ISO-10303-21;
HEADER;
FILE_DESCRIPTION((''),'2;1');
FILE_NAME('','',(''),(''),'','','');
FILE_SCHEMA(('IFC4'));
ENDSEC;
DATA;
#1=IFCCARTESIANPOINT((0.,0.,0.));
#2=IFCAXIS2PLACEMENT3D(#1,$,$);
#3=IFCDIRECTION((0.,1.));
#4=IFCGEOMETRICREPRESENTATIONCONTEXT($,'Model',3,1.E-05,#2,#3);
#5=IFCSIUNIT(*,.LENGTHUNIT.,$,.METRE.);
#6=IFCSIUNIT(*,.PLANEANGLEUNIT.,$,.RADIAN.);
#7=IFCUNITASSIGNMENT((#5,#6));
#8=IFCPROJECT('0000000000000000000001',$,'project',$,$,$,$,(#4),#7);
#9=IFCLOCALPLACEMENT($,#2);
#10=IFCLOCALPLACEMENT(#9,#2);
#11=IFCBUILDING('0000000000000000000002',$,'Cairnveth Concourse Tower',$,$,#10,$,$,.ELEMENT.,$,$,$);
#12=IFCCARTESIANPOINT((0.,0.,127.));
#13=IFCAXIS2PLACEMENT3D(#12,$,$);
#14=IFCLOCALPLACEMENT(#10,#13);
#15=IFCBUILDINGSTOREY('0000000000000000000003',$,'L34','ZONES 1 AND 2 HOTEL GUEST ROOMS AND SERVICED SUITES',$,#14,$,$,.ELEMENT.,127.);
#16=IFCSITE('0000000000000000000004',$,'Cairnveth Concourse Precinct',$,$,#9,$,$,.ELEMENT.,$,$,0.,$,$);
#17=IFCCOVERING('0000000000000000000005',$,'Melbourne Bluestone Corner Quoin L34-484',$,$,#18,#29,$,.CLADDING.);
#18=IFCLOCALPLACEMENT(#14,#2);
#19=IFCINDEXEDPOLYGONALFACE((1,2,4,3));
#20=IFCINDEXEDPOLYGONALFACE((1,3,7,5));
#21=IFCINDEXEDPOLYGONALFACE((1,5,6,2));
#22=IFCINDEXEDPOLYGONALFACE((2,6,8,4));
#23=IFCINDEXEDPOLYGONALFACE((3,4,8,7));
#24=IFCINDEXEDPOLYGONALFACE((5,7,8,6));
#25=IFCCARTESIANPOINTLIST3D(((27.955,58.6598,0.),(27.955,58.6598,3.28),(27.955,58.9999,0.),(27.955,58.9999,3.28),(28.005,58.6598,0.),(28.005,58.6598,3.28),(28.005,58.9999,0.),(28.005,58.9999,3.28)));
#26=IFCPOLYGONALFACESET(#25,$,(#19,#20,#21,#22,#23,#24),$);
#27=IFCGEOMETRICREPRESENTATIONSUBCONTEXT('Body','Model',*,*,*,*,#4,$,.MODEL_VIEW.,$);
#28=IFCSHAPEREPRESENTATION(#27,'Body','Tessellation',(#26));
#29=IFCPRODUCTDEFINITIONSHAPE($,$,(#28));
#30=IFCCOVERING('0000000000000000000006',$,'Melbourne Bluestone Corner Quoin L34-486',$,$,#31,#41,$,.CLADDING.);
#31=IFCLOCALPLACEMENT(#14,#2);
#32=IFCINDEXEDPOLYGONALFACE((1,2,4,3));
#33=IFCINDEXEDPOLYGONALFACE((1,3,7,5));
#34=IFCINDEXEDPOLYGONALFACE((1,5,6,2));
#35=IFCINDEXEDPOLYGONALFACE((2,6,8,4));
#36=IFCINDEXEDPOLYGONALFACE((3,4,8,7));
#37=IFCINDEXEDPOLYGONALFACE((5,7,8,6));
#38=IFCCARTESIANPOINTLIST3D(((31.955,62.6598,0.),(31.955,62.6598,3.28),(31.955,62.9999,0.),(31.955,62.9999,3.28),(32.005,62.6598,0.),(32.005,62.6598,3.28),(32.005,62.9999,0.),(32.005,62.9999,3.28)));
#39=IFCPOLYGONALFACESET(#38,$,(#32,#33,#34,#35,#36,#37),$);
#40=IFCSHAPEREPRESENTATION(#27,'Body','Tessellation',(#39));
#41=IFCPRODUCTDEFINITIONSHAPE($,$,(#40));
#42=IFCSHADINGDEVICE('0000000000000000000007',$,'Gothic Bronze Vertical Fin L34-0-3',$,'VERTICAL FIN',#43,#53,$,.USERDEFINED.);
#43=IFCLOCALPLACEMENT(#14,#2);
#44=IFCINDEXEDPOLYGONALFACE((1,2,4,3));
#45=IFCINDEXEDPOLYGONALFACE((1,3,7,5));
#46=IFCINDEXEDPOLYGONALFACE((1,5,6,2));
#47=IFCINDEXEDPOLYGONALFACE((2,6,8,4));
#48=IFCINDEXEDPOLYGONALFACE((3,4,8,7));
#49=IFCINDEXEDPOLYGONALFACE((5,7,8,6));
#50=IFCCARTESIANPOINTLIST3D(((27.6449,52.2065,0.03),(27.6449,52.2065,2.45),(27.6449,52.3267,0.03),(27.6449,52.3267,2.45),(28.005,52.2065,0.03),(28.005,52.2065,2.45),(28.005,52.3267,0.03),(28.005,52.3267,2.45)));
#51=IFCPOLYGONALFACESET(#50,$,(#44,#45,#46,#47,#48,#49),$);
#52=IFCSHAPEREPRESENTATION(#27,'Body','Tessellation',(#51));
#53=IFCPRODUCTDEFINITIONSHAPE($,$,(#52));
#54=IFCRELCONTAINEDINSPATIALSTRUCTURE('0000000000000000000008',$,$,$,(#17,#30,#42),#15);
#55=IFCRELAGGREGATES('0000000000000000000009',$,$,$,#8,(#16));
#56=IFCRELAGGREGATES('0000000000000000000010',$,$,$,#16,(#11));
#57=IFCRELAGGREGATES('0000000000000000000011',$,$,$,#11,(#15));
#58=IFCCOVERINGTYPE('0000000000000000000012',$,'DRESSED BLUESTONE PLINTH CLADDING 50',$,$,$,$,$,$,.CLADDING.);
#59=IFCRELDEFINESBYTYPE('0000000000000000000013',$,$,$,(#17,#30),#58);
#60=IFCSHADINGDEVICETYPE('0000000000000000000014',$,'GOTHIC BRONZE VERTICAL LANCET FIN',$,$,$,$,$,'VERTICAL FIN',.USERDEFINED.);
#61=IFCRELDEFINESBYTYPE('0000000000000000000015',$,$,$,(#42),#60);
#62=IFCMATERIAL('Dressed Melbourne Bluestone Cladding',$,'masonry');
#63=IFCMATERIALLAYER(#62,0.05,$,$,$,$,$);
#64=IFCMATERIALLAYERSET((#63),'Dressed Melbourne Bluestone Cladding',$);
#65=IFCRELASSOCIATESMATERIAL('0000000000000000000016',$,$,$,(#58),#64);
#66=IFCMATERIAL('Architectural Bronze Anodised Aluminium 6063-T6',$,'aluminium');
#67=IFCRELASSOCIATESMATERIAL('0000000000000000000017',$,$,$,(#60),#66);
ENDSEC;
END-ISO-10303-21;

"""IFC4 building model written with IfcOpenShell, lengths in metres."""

from ifc_helpers import new_model, si_unit, direction, frame, frame_2d, origin, origin_2d, place, context, subcontext, project, spatial, rectangle, extrude, material, layer, layer_set, type_object, element, save


model = new_model("IFC4")

# Units and contexts
model_context = context("Model", 3, precision=1e-05, world=origin(), true_north=direction((0.0, 1.0)))
body_context = subcontext(model_context, "Body", "Model", "MODEL_VIEW")
ifc_project = project(units=[si_unit("LENGTHUNIT", "METRE"), si_unit("PLANEANGLEUNIT", "RADIAN")], contexts=[model_context])

# Site, building, storey
site_placement = place(None, origin())
site = spatial("IfcSite", under=ifc_project, at=site_placement, Name="Cairnveth Concourse Precinct", CompositionType="ELEMENT", RefElevation=0.0)
building_placement = place(site_placement, origin())
building = spatial("IfcBuilding", under=site, at=building_placement, Name="Cairnveth Concourse Tower", CompositionType="ELEMENT")
storey_placement = place(building_placement, frame((0.0, 0.0, 127.0)))
storey = spatial("IfcBuildingStorey", under=building, at=storey_placement, Name="L34", Description="ZONES 1 AND 2 HOTEL GUEST ROOMS AND SERVICED SUITES", CompositionType="ELEMENT", Elevation=127.0)

# Coverings
ifc_material_1 = material(Name="Dressed Melbourne Bluestone Cladding", Category="masonry")
ifc_layer_1 = layer(ifc_material_1, 0.05)
ifc_layer_set_1 = layer_set([ifc_layer_1], Name="Dressed Melbourne Bluestone Cladding")
covering_type = type_object("IfcCoveringType", Name="DRESSED BLUESTONE PLINTH CLADDING 50", PredefinedType="CLADDING", material=ifc_layer_set_1)
for number, where, z_axis, x_axis, name in (
    (1, (27.98, 58.6599, 0.0), (0.0, 0.0, 1.0), (0.0, 1.0, 0.0), "Melbourne Bluestone Corner Quoin L34-484"),
    (2, (31.98, 62.6599, 0.0), (0.0, 0.0, 1.0), (0.0, 1.0, 0.0), "Melbourne Bluestone Corner Quoin L34-486"),
):
    element("IfcCovering", number, at=place(storey_placement, frame(where, z_axis=z_axis, x_axis=x_axis)), inside=storey, type_object=covering_type, Name=name, PredefinedType="CLADDING", context=body_context, shape_type="SweptSolid", body=[
        extrude(rectangle(XDim=0.3401, YDim=0.05, at=frame_2d((0.1699, 0.0))), origin(), (0.0, 0.0, 1.0), 3.28),
    ])

# Shading device
ifc_material_2 = material(Name="Architectural Bronze Anodised Aluminium 6063-T6", Category="aluminium")
shading_device_type = type_object("IfcShadingDeviceType", Name="GOTHIC BRONZE VERTICAL LANCET FIN", ElementType="VERTICAL FIN", PredefinedType="USERDEFINED", material=ifc_material_2)
shading_device_placement = place(storey_placement, frame((27.825, 52.2666, 0.03), z_axis=(0.0, 0.0, 1.0), x_axis=(0.0, 1.0, 0.0)))
element("IfcShadingDevice", 3, at=shading_device_placement, inside=storey, type_object=shading_device_type, Name="Gothic Bronze Vertical Fin L34-0-3", ObjectType="VERTICAL FIN", PredefinedType="USERDEFINED", context=body_context, shape_type="SweptSolid", body=[
    extrude(rectangle(XDim=0.1201, YDim=0.3601, at=origin_2d()), origin(), (0.0, 0.0, 1.0), 2.4199),
])

save(model, "model.ifc")
